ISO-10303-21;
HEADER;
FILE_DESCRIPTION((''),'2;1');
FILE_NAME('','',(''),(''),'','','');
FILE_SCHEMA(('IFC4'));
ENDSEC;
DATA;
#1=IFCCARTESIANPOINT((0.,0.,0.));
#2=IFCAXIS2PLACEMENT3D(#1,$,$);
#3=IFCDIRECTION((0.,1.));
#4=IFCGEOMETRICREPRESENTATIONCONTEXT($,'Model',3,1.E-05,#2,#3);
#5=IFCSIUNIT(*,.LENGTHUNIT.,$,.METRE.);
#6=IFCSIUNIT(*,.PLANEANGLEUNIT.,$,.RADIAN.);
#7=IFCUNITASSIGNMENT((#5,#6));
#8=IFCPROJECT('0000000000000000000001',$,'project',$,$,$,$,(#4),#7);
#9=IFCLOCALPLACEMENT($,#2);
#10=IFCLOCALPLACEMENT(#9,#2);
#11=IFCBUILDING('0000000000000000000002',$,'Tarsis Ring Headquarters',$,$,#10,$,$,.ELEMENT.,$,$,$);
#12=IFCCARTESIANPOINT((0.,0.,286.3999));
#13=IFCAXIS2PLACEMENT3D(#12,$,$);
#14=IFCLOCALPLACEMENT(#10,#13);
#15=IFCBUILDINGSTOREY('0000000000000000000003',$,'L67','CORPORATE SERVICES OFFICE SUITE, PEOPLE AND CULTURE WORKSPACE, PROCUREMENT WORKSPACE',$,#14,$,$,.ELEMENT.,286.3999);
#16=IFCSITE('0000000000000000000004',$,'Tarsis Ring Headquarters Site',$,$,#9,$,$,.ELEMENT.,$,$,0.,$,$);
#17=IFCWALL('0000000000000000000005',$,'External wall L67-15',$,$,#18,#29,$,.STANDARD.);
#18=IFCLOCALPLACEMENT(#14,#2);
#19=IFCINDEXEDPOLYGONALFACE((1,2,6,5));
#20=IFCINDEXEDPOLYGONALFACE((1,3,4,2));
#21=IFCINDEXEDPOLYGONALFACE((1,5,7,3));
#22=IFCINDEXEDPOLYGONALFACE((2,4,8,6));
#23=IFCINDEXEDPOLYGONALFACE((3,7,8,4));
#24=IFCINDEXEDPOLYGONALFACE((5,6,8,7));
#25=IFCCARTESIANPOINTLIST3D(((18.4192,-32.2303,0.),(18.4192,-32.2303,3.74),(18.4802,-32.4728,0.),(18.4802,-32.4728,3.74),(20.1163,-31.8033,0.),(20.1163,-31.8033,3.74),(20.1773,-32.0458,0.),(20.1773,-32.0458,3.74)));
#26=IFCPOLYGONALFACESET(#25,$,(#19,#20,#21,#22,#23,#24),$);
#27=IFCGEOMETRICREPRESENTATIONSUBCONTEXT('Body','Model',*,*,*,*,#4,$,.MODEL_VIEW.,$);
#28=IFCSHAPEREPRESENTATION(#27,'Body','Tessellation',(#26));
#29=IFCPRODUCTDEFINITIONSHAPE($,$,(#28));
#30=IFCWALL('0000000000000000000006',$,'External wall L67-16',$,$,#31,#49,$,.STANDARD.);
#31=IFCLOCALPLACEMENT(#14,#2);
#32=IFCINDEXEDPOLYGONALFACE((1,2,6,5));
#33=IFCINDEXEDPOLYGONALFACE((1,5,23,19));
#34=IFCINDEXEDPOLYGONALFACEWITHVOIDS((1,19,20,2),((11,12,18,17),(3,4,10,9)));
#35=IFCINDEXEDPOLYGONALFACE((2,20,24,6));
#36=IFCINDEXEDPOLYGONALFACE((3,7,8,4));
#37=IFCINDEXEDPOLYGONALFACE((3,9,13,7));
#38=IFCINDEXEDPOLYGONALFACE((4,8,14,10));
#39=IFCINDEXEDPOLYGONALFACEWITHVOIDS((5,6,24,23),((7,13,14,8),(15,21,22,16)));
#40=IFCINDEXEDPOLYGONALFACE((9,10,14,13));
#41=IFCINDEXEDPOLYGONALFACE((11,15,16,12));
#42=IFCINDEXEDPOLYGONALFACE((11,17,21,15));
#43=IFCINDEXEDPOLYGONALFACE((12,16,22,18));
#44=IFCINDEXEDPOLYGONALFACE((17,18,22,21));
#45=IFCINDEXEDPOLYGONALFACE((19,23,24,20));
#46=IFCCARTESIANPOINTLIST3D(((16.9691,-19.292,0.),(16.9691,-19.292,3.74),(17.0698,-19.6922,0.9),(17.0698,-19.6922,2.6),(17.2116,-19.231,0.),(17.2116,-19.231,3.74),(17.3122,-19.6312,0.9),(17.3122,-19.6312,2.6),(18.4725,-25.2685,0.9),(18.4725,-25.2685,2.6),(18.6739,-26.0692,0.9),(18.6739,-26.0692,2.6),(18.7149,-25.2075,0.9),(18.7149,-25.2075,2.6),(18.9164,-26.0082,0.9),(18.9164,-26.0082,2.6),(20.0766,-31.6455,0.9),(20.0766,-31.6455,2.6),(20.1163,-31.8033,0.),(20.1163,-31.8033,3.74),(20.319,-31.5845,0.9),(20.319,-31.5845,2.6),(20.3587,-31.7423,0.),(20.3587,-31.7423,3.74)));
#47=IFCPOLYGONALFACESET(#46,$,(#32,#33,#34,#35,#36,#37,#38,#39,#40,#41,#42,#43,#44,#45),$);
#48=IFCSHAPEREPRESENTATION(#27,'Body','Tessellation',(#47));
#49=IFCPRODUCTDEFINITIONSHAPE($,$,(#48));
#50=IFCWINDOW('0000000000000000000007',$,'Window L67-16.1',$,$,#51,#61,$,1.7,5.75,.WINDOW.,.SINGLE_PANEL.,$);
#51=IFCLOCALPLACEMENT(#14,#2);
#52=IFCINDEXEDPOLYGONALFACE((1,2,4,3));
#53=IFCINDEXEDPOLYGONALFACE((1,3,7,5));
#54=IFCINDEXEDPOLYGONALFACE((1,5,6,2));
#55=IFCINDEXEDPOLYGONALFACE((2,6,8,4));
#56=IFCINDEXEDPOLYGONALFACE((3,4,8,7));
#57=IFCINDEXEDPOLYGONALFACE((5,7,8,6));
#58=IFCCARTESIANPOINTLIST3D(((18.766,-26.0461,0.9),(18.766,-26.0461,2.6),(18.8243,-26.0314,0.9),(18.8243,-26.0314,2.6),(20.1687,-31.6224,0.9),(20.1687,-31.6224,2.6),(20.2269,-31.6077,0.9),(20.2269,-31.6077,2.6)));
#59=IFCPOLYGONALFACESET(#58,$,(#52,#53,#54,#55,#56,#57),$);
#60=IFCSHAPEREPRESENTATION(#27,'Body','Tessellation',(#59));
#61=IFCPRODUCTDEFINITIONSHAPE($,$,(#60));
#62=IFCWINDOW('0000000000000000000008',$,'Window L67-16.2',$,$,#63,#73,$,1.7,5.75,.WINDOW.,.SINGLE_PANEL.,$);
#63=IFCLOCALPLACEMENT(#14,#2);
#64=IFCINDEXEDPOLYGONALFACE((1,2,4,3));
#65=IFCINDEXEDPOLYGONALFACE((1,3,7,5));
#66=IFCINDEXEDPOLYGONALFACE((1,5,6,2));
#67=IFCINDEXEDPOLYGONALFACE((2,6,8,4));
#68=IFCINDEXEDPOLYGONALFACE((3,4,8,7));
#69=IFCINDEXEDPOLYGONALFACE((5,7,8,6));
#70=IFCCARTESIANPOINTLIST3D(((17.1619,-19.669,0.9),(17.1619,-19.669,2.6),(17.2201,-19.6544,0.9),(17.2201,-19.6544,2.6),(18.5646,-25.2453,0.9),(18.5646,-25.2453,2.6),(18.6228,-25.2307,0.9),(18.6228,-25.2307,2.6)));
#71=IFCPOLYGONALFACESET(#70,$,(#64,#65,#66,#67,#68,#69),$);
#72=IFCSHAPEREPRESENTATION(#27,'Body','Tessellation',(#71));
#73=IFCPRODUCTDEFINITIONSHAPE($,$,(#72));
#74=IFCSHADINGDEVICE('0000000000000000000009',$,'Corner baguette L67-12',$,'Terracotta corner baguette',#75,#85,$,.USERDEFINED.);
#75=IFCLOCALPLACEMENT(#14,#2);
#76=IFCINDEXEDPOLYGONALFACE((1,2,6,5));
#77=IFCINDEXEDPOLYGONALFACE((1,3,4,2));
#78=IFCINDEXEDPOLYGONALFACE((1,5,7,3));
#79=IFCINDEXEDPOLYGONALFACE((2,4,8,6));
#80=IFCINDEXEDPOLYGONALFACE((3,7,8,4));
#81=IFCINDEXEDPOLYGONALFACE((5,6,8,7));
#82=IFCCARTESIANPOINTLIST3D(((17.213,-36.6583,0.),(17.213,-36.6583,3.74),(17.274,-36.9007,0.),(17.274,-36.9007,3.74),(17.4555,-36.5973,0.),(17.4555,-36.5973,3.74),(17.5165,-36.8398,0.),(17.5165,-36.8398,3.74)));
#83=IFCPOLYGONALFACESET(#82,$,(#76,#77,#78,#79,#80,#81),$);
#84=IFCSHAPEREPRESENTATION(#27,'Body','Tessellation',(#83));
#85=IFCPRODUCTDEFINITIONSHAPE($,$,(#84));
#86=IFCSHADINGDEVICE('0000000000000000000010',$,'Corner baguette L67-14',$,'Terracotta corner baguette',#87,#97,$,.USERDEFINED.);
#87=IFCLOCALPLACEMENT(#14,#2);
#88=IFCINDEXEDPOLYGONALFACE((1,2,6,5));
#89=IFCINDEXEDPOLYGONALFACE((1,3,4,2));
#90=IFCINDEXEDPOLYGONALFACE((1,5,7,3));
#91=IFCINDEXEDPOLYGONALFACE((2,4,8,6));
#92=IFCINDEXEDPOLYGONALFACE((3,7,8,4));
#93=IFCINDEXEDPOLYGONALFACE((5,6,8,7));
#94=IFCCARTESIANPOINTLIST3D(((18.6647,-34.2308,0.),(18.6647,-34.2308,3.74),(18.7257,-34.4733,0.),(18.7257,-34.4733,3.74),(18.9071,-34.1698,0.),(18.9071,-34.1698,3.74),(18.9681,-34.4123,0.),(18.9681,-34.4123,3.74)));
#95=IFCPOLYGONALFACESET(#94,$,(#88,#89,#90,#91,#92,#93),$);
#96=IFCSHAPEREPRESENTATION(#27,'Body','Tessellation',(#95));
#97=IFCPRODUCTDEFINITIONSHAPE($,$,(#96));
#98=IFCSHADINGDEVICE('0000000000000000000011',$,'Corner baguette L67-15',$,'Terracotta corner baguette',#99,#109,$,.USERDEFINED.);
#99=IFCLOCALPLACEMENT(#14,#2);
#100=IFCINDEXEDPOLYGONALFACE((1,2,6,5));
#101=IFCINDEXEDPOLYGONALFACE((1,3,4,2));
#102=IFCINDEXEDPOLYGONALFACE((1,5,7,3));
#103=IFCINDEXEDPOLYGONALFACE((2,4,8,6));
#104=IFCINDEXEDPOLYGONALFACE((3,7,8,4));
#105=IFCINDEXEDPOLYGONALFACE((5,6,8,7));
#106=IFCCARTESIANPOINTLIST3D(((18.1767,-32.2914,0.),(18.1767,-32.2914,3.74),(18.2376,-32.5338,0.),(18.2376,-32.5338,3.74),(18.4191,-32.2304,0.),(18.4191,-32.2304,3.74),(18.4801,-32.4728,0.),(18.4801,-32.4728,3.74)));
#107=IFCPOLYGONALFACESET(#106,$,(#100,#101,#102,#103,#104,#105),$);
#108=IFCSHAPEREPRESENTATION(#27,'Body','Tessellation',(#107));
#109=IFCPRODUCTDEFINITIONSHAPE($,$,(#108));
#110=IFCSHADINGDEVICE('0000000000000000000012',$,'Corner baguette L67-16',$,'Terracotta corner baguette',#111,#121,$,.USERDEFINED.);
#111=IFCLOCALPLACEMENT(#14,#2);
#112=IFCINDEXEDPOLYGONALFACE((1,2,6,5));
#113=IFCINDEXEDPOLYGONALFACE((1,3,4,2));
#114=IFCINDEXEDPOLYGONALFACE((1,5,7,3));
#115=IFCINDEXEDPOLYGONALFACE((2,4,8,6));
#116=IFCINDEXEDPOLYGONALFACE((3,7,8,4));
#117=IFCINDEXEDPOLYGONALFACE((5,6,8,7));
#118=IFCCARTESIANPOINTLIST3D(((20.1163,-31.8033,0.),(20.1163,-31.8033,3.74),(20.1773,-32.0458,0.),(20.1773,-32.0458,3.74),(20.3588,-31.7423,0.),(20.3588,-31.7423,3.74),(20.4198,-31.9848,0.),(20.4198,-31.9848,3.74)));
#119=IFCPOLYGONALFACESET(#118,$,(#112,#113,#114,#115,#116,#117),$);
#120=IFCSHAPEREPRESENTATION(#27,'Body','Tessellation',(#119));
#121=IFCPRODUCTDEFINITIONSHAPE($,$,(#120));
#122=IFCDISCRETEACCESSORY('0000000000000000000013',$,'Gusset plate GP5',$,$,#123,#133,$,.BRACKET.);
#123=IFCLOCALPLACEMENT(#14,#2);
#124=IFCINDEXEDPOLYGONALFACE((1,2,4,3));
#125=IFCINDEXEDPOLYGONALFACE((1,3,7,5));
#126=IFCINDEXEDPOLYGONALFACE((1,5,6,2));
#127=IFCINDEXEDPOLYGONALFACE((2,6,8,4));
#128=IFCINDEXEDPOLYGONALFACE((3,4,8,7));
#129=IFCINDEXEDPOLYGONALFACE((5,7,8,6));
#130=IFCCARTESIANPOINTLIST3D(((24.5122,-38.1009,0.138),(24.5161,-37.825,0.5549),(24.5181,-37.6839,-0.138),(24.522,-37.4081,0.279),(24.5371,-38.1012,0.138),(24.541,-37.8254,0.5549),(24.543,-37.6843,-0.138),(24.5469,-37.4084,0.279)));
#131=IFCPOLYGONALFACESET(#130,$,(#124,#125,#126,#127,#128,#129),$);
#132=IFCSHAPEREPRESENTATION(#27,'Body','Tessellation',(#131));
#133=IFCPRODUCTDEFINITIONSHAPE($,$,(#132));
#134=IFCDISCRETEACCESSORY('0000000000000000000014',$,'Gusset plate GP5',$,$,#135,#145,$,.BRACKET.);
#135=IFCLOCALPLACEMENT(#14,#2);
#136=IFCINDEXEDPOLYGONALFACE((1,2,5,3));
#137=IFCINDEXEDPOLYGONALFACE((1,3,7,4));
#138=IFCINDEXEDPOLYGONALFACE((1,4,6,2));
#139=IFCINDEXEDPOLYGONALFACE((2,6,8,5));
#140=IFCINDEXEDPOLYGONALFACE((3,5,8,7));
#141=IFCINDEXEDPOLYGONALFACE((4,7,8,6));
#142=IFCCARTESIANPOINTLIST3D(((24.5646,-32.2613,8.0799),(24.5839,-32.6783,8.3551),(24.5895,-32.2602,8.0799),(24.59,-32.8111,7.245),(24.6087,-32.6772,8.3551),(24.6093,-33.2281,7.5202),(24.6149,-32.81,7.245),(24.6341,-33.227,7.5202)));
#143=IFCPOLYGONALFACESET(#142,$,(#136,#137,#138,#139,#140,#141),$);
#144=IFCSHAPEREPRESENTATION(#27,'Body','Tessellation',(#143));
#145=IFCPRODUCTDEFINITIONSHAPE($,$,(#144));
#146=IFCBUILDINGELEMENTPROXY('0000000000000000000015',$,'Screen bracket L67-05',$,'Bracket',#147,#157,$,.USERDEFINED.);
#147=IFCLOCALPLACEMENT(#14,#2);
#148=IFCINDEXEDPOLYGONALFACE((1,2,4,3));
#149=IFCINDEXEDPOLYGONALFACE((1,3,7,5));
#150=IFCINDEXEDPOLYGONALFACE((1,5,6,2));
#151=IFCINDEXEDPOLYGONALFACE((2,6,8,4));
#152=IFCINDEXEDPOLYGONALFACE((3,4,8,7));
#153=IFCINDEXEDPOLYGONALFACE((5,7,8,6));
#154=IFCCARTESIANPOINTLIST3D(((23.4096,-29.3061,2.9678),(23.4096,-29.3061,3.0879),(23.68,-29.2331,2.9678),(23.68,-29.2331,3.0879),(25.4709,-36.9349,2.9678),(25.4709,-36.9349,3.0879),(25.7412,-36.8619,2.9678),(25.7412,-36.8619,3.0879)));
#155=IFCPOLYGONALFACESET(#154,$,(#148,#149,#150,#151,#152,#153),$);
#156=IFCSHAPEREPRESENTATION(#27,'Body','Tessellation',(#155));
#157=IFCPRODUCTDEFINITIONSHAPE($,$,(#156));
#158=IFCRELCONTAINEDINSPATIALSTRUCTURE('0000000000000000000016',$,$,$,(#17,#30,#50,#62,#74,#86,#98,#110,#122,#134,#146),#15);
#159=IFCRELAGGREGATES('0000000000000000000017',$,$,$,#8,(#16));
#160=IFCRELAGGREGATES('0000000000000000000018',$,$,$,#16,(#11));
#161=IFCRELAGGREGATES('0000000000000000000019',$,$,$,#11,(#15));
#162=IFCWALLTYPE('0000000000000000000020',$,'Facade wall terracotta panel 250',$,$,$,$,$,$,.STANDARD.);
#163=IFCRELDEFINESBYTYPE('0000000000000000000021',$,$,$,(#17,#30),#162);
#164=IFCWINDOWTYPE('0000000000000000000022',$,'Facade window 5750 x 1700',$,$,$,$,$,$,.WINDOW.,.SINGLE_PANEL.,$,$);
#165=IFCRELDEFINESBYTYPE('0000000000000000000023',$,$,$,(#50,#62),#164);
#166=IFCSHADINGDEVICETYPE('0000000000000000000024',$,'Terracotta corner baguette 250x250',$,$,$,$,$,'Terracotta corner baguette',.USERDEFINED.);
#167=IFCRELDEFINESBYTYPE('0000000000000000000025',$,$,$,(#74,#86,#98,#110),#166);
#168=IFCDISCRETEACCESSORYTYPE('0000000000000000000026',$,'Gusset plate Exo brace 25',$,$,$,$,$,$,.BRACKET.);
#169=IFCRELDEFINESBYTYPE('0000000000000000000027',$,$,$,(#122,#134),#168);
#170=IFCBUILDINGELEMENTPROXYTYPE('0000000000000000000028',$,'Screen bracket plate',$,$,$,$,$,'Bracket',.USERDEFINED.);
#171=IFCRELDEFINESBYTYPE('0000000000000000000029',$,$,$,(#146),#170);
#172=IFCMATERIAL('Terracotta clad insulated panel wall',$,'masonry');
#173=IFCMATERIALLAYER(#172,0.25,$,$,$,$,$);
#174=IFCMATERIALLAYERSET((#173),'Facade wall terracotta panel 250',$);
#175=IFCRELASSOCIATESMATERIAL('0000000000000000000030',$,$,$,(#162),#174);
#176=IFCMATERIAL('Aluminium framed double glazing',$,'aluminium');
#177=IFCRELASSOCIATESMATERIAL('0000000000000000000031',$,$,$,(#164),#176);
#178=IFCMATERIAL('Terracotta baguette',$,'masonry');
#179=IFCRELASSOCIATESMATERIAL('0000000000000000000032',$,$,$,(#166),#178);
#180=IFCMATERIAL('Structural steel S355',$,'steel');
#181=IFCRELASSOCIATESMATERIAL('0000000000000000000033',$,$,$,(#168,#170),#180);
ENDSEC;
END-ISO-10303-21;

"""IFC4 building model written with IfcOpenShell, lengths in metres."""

from ifc_helpers import new_model, si_unit, direction, frame, frame_2d, origin, origin_2d, place, context, subcontext, project, spatial, rectangle, extrude, material, layer, layer_set, material_profile, profile_set, type_object, element, fill, save


model = new_model("IFC4")

# Units and contexts
model_context = context("Model", 3, precision=1e-05, world=origin(), true_north=direction((0.0, 1.0)))
body_context = subcontext(model_context, "Body", "Model", "MODEL_VIEW")
ifc_project = project(units=[si_unit("LENGTHUNIT", "METRE"), si_unit("PLANEANGLEUNIT", "RADIAN")], contexts=[model_context])

# Site, building, storey
site_placement = place(None, origin())
site = spatial("IfcSite", under=ifc_project, at=site_placement, Name="Tarsis Ring Headquarters Site", CompositionType="ELEMENT", RefElevation=0.0)
building_placement = place(site_placement, origin())
building = spatial("IfcBuilding", under=site, at=building_placement, Name="Tarsis Ring Headquarters", CompositionType="ELEMENT")
storey_placement = place(building_placement, frame((0.0, 0.0, 286.3999)))
storey = spatial("IfcBuildingStorey", under=building, at=storey_placement, Name="L67", Description="CORPORATE SERVICES OFFICE SUITE, PEOPLE AND CULTURE WORKSPACE, PROCUREMENT WORKSPACE", CompositionType="ELEMENT", Elevation=286.3999)

# Shared definitions
ifc_material_1 = material(Name="Structural steel S355", Category="steel")

# Wall
ifc_material_2 = material(Name="Terracotta clad insulated panel wall", Category="masonry")
ifc_layer = layer(ifc_material_2, 0.25)
ifc_layer_set = layer_set([ifc_layer], Name="Facade wall terracotta panel 250")
wall_type = type_object("IfcWallType", Name="Facade wall terracotta panel 250", PredefinedType="STANDARD", material=ifc_layer_set)
wall_1_placement = place(storey_placement, frame((18.4497, -32.3516, 0.0), z_axis=(0.0, 0.0, 1.0), x_axis=(0.969772, 0.244013, 0.0)))
element("IfcWall", 1, at=wall_1_placement, inside=storey, type_object=wall_type, Name="External wall L67-15", PredefinedType="STANDARD", context=body_context, shape_type="SweptSolid", body=[
    extrude(rectangle(XDim=1.75, YDim=0.25, at=frame_2d((0.875, 0.0))), origin(), (0.0, 0.0, 1.0), 3.74),
])

# Wall, openings, windows
wall_2_placement = place(storey_placement, frame((20.2375, -31.7729, 0.0), z_axis=(0.0, 0.0, 1.0), x_axis=(-0.243947, 0.969789, 0.0)))
wall_2 = element("IfcWall", 2, at=wall_2_placement, inside=storey, type_object=wall_type, Name="External wall L67-16", PredefinedType="STANDARD", context=body_context, shape_type="SweptSolid", body=[
    extrude(rectangle(XDim=12.9011, YDim=0.25, at=frame_2d((6.4507, 0.0))), origin(), (0.0, 0.0, 1.0), 3.74),
])
opening_1_placement = place(wall_2_placement, frame((0.1628, 0.0, 0.8999)))
opening_1 = element("IfcOpeningElement", 3, at=opening_1_placement, cuts=wall_2, PredefinedType="OPENING", context=body_context, shape_type="SweptSolid", body=[
    extrude(rectangle(XDim=5.75, YDim=1.7, at=frame_2d((2.875, 0.8501))), frame((0.0, 0.135, 0.0), z_axis=(0.0, -1.0, 0.0), x_axis=(1.0, 0.0, 0.0)), (0.0, 0.0, 1.0), 0.27),
])
opening_2_placement = place(wall_2_placement, frame((6.7385, 0.0, 0.8999)))
opening_2 = element("IfcOpeningElement", 4, at=opening_2_placement, cuts=wall_2, PredefinedType="OPENING", context=body_context, shape_type="SweptSolid", body=[
    extrude(rectangle(XDim=5.75, YDim=1.7, at=frame_2d((2.875, 0.8501))), frame((0.0, 0.135, 0.0), z_axis=(0.0, -1.0, 0.0), x_axis=(1.0, 0.0, 0.0)), (0.0, 0.0, 1.0), 0.27),
])
ifc_material_3 = material(Name="Aluminium framed double glazing", Category="aluminium")
window_type = type_object("IfcWindowType", Name="Facade window 5750 x 1700", PartitioningType="SINGLE_PANEL", PredefinedType="WINDOW", material=ifc_material_3)
window_1_placement = place(opening_1_placement, origin())
window_1 = element("IfcWindow", 5, at=window_1_placement, inside=storey, type_object=window_type, Name="Window L67-16.1", OverallHeight=1.7, OverallWidth=5.75, PartitioningType="SINGLE_PANEL", PredefinedType="WINDOW", context=body_context, shape_type="SweptSolid", body=[
    extrude(rectangle(XDim=5.75, YDim=1.7, at=frame_2d((2.875, 0.8501))), frame((0.0, 0.03, 0.0), z_axis=(0.0, -1.0, 0.0), x_axis=(1.0, 0.0, 0.0)), (0.0, 0.0, 1.0), 0.0601),
])
fill(opening_1, window_1)
window_2_placement = place(opening_2_placement, origin())
window_2 = element("IfcWindow", 6, at=window_2_placement, inside=storey, type_object=window_type, Name="Window L67-16.2", OverallHeight=1.7, OverallWidth=5.75, PartitioningType="SINGLE_PANEL", PredefinedType="WINDOW", context=body_context, shape_type="SweptSolid", body=[
    extrude(rectangle(XDim=5.75, YDim=1.7, at=frame_2d((2.875, 0.8501))), frame((0.0, 0.03, 0.0), z_axis=(0.0, -1.0, 0.0), x_axis=(1.0, 0.0, 0.0)), (0.0, 0.0, 1.0), 0.0601),
])
fill(opening_2, window_2)

# Shading devices
ifc_material_4 = material(Name="Terracotta baguette", Category="masonry")
shading_device_type_1 = type_object("IfcShadingDeviceType", Name="Terracotta corner baguette 250x250", ElementType="Terracotta corner baguette", PredefinedType="USERDEFINED", material=ifc_material_4)
for number, where, z_axis, x_axis, name in (
    (7, (17.3647, -36.749, 0.0), (0.0, 0.0, 1.0), (0.969787, 0.243954, 0.0), "Corner baguette L67-12"),
    (8, (18.8164, -34.3215, 0.0), (0.0, 0.0, 1.0), (0.969787, 0.243953, 0.0), "Corner baguette L67-14"),
    (9, (18.3284, -32.3821, 0.0), (0.0, 0.0, 1.0), (-0.243953, 0.969787, 0.0), "Corner baguette L67-15"),
    (10, (20.2681, -31.894, 0.0), (0.0, 0.0, 1.0), (0.969787, 0.243953, 0.0), "Corner baguette L67-16"),
):
    element("IfcShadingDevice", number, at=place(storey_placement, frame(where, z_axis=z_axis, x_axis=x_axis)), inside=storey, type_object=shading_device_type_1, Name=name, ObjectType="Terracotta corner baguette", PredefinedType="USERDEFINED", context=body_context, shape_type="SweptSolid", body=[
        extrude(rectangle(XDim=0.25, YDim=0.25, at=origin_2d()), origin(), (0.0, 0.0, 1.0), 3.74),
    ])

# Discrete accessories
ifc_material_profile_1 = material_profile(ifc_material_1, rectangle(XDim=0.0249, YDim=0.5, at=origin_2d()), Name="PL 25x500")
ifc_profile_set_1 = profile_set([ifc_material_profile_1], Name="Structural steel S355")
discrete_accessory_type = type_object("IfcDiscreteAccessoryType", Name="Gusset plate Exo brace 25", PredefinedType="BRACKET", material=ifc_profile_set_1)
discrete_accessory_1_placement = place(storey_placement, frame((24.5276, -37.8926, 0.0), z_axis=(0.007812, 0.55175, 0.833973), x_axis=(-0.9999, 0.014158, 0.0)))
element("IfcDiscreteAccessory", 11, at=discrete_accessory_1_placement, inside=storey, type_object=discrete_accessory_type, Name="Gusset plate GP5", PredefinedType="BRACKET", context=body_context, shape_type="SweptSolid", body=[
    extrude(rectangle(XDim=0.0249, YDim=0.5, at=origin_2d()), origin(), (0.0, 0.0, 1.0), 0.5),
])
discrete_accessory_2_placement = place(storey_placement, frame((24.6121, -33.019, 7.3826), z_axis=(-0.025389, 0.54978, 0.834924), x_axis=(-0.998935, -0.046132, 0.0)))
element("IfcDiscreteAccessory", 12, at=discrete_accessory_2_placement, inside=storey, type_object=discrete_accessory_type, Name="Gusset plate GP5", PredefinedType="BRACKET", context=body_context, shape_type="SweptSolid", body=[
    extrude(rectangle(XDim=0.0249, YDim=0.5, at=origin_2d()), origin(), (0.0, 0.0, 1.0), 1.0),
])

# Building element proxy
building_element_proxy_type = type_object("IfcBuildingElementProxyType", Name="Screen bracket plate", ElementType="Bracket", PredefinedType="USERDEFINED", material=ifc_material_1)
proxy_placement = place(storey_placement, frame((24.5754, -33.084, 2.9678), z_axis=(0.0, 0.0, 1.0), x_axis=(-0.260842, 0.965382, 0.0)))
element("IfcBuildingElementProxy", 13, at=proxy_placement, inside=storey, type_object=building_element_proxy_type, Name="Screen bracket L67-05", ObjectType="Bracket", PredefinedType="USERDEFINED", context=body_context, shape_type="SweptSolid", body=[
    extrude(rectangle(XDim=7.9023, YDim=0.28, at=origin_2d()), origin(), (0.0, 0.0, 1.0), 0.1201),
])

save(model, "model.ifc")
